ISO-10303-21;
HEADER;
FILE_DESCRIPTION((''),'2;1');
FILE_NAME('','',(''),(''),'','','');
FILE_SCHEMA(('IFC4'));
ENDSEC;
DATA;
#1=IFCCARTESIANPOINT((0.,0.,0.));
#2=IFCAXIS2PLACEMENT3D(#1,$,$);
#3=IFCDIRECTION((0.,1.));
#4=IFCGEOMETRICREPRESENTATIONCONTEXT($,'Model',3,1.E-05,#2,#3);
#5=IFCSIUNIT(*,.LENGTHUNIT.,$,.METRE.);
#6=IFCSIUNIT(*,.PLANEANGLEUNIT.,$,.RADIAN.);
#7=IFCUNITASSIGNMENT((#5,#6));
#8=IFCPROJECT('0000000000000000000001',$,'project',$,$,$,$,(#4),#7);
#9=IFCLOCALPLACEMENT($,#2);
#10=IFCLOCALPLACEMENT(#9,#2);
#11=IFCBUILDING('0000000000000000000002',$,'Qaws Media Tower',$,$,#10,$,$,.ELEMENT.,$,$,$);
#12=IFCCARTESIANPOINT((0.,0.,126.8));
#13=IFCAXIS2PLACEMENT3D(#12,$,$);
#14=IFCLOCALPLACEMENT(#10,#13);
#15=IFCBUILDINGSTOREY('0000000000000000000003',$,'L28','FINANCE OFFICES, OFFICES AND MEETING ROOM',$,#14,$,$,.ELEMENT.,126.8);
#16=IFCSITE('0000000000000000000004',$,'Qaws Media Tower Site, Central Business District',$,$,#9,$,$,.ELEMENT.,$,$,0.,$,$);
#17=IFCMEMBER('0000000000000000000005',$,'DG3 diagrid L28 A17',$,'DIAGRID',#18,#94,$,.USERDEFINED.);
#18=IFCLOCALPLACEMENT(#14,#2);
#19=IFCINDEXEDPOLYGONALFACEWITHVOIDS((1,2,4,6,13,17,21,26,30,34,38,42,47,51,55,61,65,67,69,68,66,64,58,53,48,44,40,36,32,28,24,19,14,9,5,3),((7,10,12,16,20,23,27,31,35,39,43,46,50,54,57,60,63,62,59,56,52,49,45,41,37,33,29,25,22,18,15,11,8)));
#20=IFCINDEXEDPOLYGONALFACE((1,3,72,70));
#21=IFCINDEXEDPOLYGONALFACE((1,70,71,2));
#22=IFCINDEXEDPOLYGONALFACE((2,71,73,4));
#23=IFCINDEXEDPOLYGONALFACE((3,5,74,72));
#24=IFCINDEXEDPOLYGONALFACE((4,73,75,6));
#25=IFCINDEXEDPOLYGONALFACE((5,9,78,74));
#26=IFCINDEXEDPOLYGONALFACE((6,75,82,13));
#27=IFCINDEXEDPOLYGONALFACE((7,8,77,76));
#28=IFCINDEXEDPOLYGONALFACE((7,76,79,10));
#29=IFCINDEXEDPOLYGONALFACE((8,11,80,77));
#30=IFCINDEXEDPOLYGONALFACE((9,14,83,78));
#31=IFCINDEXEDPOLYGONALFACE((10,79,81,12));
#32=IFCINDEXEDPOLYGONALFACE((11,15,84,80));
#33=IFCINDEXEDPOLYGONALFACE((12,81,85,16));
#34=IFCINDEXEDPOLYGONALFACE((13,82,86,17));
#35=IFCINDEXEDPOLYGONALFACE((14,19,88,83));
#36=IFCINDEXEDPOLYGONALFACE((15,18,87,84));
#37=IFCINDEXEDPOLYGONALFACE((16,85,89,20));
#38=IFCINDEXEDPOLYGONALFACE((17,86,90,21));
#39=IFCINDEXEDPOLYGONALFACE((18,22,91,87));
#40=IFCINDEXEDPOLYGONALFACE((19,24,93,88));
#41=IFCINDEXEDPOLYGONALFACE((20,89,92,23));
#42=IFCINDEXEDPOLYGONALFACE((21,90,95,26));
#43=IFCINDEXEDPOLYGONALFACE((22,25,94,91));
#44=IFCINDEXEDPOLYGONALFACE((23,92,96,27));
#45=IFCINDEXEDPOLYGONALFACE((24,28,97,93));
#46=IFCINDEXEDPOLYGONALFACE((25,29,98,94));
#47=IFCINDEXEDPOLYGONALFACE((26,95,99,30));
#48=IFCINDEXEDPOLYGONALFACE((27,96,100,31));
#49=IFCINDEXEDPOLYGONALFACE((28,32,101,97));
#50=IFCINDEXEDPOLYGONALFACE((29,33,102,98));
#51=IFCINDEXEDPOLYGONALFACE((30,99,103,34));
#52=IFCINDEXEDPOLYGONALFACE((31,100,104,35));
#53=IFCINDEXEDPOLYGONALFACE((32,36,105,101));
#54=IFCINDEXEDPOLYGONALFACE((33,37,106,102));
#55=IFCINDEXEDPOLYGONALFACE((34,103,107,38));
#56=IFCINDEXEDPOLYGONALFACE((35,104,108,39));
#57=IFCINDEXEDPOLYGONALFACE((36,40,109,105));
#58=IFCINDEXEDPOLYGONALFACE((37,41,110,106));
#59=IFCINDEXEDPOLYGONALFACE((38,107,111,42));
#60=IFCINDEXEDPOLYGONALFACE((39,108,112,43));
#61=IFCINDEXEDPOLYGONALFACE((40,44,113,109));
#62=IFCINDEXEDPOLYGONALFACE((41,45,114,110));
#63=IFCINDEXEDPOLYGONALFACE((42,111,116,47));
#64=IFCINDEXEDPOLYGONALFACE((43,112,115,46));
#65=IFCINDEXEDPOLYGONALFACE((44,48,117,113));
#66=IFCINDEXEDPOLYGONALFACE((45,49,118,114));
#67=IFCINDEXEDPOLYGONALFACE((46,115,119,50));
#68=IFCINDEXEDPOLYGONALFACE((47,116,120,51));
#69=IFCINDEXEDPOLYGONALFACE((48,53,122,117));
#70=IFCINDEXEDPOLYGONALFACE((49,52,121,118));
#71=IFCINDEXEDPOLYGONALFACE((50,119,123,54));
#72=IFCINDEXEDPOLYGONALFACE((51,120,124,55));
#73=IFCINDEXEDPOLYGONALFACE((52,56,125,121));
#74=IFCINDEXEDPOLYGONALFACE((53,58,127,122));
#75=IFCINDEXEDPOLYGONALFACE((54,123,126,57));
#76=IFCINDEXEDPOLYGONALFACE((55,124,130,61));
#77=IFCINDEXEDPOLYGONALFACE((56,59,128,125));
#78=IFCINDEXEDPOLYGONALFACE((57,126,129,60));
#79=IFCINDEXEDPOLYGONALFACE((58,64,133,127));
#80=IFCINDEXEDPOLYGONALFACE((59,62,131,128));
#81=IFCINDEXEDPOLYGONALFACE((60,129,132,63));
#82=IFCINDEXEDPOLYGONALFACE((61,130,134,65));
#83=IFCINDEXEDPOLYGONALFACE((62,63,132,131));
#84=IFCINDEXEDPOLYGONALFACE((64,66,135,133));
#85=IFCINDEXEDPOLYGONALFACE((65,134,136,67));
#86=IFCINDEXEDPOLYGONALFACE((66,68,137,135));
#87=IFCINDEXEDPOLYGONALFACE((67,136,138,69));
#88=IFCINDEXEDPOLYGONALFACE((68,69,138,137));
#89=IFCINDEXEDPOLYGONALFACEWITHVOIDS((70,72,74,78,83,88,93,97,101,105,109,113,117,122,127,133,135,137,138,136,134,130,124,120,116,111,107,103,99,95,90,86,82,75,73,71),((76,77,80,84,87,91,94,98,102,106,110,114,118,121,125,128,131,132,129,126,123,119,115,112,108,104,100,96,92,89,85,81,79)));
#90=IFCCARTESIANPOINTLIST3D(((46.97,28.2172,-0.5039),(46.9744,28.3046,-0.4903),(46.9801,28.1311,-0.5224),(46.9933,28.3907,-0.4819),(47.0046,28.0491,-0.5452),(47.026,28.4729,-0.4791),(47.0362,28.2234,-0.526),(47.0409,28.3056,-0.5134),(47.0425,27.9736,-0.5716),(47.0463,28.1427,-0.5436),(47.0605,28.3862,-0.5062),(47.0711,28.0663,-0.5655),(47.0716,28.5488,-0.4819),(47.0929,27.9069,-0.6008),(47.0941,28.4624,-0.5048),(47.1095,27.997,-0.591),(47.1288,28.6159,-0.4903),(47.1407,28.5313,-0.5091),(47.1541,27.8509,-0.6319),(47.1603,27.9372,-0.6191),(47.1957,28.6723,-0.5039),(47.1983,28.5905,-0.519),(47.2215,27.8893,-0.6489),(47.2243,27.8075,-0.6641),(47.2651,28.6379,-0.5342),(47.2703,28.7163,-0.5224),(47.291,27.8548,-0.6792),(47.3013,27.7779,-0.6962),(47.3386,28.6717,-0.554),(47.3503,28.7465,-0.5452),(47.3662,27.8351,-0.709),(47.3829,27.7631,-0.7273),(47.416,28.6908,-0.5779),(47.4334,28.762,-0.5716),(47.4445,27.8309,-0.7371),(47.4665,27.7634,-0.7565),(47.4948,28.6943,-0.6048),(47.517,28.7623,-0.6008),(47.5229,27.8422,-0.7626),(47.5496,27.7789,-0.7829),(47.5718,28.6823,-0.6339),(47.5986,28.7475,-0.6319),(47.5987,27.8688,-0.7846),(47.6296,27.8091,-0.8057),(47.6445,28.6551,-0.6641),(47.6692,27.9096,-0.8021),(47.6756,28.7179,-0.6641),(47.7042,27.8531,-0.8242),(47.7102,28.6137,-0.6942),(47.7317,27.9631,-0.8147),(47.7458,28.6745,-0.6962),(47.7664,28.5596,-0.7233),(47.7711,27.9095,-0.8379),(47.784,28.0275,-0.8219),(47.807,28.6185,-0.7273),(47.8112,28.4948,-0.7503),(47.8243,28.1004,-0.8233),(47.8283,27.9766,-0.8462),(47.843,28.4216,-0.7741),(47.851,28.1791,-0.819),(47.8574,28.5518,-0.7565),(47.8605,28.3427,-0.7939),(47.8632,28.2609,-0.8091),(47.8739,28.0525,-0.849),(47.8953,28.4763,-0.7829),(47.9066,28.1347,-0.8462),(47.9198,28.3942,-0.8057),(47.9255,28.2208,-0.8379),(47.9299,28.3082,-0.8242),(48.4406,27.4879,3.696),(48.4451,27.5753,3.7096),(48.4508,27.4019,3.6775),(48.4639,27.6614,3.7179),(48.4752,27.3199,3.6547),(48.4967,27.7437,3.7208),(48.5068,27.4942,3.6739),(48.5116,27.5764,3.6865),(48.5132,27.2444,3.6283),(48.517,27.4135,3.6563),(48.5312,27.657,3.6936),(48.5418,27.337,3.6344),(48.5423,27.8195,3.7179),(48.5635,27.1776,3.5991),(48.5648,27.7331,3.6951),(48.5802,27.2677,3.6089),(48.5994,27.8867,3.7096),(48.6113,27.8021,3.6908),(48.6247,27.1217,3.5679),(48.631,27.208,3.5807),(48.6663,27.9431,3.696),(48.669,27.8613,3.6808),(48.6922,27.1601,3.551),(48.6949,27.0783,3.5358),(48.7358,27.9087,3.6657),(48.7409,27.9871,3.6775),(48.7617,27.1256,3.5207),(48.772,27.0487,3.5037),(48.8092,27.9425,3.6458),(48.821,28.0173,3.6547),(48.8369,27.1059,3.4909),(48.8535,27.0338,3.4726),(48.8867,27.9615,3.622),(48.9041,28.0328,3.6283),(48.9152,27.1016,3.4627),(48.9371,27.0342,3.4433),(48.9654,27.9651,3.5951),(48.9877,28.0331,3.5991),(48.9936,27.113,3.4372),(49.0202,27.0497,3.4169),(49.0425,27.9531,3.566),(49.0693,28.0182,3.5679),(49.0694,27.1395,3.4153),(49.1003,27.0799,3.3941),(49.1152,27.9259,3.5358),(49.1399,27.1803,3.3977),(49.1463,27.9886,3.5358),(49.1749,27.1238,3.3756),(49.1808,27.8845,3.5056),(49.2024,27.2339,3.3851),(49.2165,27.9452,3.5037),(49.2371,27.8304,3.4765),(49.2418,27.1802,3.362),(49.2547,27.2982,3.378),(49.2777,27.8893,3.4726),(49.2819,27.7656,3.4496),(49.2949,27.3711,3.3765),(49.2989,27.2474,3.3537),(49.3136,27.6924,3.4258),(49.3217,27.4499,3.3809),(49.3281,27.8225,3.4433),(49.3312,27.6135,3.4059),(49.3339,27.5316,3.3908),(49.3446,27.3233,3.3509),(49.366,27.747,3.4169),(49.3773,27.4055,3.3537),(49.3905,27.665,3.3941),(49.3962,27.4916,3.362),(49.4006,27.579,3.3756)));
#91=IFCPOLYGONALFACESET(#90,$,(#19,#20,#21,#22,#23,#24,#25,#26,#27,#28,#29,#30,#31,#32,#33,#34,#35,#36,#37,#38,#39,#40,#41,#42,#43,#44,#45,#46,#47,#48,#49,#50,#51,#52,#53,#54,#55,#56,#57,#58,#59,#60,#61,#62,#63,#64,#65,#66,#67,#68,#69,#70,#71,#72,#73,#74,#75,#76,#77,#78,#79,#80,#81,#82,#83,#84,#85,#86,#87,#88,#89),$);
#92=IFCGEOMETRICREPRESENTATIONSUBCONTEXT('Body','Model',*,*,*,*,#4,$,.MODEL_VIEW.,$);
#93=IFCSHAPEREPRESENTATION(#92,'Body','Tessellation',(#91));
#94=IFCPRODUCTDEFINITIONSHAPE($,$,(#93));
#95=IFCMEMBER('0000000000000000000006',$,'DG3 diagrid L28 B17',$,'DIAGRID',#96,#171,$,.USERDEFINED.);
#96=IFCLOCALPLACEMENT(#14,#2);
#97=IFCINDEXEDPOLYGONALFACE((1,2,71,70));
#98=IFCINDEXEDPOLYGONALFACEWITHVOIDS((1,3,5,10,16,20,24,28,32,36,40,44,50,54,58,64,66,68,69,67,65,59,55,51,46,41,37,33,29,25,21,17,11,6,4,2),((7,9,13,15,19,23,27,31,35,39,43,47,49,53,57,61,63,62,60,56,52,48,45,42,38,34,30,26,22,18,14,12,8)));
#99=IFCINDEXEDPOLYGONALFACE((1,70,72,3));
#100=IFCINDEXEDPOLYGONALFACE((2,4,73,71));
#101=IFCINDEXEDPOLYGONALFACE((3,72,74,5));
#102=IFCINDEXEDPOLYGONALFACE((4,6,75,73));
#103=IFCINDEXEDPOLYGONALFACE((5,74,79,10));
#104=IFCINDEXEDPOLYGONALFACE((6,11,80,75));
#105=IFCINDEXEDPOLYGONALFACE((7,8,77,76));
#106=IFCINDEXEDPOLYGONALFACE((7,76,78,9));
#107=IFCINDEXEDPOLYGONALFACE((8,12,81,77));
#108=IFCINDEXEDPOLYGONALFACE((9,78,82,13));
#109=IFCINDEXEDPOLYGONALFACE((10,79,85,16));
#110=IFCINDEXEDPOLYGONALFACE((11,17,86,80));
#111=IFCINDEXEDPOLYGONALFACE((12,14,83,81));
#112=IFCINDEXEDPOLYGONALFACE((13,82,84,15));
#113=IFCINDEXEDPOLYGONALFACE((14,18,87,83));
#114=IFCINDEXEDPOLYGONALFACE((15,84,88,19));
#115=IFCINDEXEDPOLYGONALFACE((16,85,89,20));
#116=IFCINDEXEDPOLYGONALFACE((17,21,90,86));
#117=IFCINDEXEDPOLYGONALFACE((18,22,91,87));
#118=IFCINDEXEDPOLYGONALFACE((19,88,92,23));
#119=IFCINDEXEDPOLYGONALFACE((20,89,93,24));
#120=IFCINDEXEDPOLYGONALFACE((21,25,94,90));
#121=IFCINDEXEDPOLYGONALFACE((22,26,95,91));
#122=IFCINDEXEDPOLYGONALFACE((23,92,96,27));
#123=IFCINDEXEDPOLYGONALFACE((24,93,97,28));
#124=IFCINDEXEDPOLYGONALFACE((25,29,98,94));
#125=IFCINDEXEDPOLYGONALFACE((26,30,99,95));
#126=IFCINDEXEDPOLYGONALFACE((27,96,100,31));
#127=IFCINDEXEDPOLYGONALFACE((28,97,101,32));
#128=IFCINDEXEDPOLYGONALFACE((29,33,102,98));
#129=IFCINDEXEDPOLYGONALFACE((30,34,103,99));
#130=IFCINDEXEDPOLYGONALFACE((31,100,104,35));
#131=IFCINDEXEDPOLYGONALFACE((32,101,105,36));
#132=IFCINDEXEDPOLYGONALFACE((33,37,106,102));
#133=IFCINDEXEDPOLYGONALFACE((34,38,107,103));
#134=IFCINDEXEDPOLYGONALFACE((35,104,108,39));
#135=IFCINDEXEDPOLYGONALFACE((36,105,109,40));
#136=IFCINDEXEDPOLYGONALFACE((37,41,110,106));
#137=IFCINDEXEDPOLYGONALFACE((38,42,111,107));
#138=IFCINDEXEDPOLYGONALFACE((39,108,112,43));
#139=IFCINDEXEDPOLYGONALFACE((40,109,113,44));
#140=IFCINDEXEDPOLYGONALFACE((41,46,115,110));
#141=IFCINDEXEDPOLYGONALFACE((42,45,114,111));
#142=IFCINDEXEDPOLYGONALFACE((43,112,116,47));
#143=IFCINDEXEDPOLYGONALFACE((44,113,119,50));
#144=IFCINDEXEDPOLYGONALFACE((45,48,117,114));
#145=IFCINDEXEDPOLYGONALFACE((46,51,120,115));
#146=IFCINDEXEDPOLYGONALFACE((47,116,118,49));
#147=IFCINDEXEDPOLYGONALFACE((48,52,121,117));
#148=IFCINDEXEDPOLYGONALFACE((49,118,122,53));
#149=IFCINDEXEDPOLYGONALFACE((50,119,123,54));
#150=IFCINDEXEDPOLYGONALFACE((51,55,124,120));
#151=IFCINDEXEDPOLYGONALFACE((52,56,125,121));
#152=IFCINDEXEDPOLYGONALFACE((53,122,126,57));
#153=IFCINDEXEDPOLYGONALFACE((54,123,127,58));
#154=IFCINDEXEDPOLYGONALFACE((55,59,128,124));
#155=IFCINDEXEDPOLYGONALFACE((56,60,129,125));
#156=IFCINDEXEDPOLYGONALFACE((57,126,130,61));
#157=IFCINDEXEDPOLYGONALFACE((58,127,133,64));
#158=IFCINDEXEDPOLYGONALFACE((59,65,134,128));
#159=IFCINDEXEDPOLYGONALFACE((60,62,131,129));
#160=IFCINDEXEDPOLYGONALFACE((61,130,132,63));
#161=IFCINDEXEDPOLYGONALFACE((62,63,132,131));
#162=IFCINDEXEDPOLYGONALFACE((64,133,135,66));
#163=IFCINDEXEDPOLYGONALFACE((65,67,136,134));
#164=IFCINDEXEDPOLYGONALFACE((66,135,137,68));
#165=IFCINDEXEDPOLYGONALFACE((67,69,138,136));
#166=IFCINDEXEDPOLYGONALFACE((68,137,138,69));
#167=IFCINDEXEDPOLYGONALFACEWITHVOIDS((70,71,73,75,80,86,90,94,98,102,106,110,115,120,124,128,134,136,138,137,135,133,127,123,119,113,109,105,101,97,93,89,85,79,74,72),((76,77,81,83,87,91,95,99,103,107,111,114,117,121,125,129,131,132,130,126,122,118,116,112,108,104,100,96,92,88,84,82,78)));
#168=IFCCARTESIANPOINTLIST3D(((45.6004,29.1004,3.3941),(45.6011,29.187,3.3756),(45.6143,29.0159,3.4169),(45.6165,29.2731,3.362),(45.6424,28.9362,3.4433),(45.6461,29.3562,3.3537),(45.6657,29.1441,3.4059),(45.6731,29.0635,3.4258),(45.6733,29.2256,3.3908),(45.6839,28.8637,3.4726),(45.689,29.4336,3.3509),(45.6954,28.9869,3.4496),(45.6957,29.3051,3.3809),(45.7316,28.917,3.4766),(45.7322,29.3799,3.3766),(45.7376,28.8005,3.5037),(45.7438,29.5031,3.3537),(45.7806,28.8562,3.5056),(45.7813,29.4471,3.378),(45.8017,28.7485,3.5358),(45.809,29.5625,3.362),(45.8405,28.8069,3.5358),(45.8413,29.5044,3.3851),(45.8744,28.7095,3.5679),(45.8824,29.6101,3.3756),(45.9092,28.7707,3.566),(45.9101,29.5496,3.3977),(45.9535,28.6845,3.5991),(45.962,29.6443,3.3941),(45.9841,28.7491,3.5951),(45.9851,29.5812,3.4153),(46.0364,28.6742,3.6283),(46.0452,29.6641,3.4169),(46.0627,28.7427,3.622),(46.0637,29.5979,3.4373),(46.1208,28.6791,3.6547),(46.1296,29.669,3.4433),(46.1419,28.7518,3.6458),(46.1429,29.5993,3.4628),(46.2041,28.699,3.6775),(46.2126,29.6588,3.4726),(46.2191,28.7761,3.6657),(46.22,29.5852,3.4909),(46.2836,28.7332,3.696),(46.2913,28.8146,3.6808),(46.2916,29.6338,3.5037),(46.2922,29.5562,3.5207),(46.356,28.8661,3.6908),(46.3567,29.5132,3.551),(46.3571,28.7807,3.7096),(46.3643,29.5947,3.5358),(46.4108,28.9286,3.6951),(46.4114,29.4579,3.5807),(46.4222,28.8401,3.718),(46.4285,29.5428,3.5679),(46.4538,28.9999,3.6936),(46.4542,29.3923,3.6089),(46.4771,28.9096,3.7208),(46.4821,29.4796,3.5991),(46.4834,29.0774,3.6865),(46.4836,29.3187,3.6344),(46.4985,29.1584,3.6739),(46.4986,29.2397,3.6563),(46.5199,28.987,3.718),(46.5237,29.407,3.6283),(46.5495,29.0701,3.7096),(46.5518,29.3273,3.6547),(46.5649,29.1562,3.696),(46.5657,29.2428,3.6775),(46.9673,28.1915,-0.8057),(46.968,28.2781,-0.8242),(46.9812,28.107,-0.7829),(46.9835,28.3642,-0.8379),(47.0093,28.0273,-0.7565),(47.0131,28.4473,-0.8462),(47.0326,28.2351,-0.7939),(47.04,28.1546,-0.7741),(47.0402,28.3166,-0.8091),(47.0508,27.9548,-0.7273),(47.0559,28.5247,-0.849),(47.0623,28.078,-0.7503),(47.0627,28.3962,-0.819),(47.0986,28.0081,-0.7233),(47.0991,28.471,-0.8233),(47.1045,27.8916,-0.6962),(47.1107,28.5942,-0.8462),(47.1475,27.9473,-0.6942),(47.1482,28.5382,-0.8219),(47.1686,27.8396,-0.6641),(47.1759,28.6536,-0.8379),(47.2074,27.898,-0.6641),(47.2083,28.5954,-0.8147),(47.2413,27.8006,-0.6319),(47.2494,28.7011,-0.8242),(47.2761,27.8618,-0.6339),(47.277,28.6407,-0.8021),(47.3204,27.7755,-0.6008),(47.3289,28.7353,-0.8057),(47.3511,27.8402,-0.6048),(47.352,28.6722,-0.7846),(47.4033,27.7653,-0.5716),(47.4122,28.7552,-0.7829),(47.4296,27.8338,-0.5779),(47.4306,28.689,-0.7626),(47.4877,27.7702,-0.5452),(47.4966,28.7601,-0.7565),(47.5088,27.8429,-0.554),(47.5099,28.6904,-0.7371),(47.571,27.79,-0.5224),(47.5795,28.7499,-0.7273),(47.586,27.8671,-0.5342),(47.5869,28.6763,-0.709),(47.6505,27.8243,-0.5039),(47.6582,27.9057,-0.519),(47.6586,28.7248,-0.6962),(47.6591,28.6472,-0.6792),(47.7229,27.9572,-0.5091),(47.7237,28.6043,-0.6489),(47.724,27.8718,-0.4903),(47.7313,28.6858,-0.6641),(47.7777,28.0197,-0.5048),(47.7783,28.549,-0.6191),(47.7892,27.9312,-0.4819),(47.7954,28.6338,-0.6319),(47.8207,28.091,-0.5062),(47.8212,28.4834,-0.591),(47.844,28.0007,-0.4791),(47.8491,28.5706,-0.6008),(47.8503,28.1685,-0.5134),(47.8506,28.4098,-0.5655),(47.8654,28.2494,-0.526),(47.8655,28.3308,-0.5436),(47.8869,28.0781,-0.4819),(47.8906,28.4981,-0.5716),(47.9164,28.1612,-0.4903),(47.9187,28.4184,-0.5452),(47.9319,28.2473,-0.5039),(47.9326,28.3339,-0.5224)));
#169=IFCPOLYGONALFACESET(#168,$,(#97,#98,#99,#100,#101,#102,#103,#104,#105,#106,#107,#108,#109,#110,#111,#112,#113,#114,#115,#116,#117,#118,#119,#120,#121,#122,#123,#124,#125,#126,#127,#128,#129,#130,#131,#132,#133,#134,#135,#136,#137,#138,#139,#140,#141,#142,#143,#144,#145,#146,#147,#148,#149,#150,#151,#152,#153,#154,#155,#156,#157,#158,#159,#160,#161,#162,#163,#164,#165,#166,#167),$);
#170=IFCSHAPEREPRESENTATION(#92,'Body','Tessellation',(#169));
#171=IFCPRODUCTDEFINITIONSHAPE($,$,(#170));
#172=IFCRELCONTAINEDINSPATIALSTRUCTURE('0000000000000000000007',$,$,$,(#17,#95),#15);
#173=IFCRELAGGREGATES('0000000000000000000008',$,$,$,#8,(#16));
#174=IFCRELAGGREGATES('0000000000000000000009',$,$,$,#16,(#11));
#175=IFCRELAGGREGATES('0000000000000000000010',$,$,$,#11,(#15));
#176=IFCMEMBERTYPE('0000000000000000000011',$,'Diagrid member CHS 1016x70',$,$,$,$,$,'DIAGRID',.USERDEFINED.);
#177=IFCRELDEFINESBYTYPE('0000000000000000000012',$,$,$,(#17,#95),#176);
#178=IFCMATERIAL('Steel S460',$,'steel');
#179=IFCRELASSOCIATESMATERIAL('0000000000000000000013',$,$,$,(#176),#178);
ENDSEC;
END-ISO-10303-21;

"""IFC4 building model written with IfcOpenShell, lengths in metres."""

from ifc_helpers import new_model, si_unit, direction, frame, origin, origin_2d, place, context, subcontext, project, spatial, hollow_circle, extrude, material, material_profile, profile_set, type_object, element, save


model = new_model("IFC4")

# Units and contexts
model_context = context("Model", 3, precision=1e-05, world=origin(), true_north=direction((0.0, 1.0)))
body_context = subcontext(model_context, "Body", "Model", "MODEL_VIEW")
ifc_project = project(units=[si_unit("LENGTHUNIT", "METRE"), si_unit("PLANEANGLEUNIT", "RADIAN")], contexts=[model_context])

# Site, building, storey
site_placement = place(None, origin())
site = spatial("IfcSite", under=ifc_project, at=site_placement, Name="Qaws Media Tower Site, Central Business District", CompositionType="ELEMENT", RefElevation=0.0)
building_placement = place(site_placement, origin())
building = spatial("IfcBuilding", under=site, at=building_placement, Name="Qaws Media Tower", CompositionType="ELEMENT")
storey_placement = place(building_placement, frame((0.0, 0.0, 126.8)))
storey = spatial("IfcBuildingStorey", under=building, at=storey_placement, Name="L28", Description="FINANCE OFFICES, OFFICES AND MEETING ROOM", CompositionType="ELEMENT", Elevation=126.8)

# Members
ifc_material_1 = material(Name="Steel S460", Category="steel")
ifc_material_profile_1 = material_profile(ifc_material_1, hollow_circle(Radius=0.5081, WallThickness=0.0701, at=origin_2d()), Name="CHS 1016x70")
ifc_profile_set_1 = profile_set([ifc_material_profile_1], Name="Steel S460")
member_type_1 = type_object("IfcMemberType", Name="Diagrid member CHS 1016x70", ElementType="DIAGRID", PredefinedType="USERDEFINED", material=ifc_profile_set_1)
for number, where, z_axis, x_axis, name in (
    (1, (47.45, 28.2627, -0.6641), (0.326144, -0.161719, 0.931384), (0.444237, 0.895909, 0.0), "DG3 diagrid L28 A17"),
    (2, (47.45, 28.2627, -0.6641), (-0.303135, 0.201567, 0.931386), (-0.553704, -0.832713, 0.0), "DG3 diagrid L28 B17"),
):
    element("IfcMember", number, at=place(storey_placement, frame(where, z_axis=z_axis, x_axis=x_axis)), inside=storey, type_object=member_type_1, Name=name, ObjectType="DIAGRID", PredefinedType="USERDEFINED", context=body_context, shape_type="SweptSolid", body=[
        extrude(hollow_circle(Radius=0.5081, WallThickness=0.0701, at=origin_2d()), origin(), (0.0, 0.0, 1.0), 4.5093),
    ])

save(model, "model.ifc")
